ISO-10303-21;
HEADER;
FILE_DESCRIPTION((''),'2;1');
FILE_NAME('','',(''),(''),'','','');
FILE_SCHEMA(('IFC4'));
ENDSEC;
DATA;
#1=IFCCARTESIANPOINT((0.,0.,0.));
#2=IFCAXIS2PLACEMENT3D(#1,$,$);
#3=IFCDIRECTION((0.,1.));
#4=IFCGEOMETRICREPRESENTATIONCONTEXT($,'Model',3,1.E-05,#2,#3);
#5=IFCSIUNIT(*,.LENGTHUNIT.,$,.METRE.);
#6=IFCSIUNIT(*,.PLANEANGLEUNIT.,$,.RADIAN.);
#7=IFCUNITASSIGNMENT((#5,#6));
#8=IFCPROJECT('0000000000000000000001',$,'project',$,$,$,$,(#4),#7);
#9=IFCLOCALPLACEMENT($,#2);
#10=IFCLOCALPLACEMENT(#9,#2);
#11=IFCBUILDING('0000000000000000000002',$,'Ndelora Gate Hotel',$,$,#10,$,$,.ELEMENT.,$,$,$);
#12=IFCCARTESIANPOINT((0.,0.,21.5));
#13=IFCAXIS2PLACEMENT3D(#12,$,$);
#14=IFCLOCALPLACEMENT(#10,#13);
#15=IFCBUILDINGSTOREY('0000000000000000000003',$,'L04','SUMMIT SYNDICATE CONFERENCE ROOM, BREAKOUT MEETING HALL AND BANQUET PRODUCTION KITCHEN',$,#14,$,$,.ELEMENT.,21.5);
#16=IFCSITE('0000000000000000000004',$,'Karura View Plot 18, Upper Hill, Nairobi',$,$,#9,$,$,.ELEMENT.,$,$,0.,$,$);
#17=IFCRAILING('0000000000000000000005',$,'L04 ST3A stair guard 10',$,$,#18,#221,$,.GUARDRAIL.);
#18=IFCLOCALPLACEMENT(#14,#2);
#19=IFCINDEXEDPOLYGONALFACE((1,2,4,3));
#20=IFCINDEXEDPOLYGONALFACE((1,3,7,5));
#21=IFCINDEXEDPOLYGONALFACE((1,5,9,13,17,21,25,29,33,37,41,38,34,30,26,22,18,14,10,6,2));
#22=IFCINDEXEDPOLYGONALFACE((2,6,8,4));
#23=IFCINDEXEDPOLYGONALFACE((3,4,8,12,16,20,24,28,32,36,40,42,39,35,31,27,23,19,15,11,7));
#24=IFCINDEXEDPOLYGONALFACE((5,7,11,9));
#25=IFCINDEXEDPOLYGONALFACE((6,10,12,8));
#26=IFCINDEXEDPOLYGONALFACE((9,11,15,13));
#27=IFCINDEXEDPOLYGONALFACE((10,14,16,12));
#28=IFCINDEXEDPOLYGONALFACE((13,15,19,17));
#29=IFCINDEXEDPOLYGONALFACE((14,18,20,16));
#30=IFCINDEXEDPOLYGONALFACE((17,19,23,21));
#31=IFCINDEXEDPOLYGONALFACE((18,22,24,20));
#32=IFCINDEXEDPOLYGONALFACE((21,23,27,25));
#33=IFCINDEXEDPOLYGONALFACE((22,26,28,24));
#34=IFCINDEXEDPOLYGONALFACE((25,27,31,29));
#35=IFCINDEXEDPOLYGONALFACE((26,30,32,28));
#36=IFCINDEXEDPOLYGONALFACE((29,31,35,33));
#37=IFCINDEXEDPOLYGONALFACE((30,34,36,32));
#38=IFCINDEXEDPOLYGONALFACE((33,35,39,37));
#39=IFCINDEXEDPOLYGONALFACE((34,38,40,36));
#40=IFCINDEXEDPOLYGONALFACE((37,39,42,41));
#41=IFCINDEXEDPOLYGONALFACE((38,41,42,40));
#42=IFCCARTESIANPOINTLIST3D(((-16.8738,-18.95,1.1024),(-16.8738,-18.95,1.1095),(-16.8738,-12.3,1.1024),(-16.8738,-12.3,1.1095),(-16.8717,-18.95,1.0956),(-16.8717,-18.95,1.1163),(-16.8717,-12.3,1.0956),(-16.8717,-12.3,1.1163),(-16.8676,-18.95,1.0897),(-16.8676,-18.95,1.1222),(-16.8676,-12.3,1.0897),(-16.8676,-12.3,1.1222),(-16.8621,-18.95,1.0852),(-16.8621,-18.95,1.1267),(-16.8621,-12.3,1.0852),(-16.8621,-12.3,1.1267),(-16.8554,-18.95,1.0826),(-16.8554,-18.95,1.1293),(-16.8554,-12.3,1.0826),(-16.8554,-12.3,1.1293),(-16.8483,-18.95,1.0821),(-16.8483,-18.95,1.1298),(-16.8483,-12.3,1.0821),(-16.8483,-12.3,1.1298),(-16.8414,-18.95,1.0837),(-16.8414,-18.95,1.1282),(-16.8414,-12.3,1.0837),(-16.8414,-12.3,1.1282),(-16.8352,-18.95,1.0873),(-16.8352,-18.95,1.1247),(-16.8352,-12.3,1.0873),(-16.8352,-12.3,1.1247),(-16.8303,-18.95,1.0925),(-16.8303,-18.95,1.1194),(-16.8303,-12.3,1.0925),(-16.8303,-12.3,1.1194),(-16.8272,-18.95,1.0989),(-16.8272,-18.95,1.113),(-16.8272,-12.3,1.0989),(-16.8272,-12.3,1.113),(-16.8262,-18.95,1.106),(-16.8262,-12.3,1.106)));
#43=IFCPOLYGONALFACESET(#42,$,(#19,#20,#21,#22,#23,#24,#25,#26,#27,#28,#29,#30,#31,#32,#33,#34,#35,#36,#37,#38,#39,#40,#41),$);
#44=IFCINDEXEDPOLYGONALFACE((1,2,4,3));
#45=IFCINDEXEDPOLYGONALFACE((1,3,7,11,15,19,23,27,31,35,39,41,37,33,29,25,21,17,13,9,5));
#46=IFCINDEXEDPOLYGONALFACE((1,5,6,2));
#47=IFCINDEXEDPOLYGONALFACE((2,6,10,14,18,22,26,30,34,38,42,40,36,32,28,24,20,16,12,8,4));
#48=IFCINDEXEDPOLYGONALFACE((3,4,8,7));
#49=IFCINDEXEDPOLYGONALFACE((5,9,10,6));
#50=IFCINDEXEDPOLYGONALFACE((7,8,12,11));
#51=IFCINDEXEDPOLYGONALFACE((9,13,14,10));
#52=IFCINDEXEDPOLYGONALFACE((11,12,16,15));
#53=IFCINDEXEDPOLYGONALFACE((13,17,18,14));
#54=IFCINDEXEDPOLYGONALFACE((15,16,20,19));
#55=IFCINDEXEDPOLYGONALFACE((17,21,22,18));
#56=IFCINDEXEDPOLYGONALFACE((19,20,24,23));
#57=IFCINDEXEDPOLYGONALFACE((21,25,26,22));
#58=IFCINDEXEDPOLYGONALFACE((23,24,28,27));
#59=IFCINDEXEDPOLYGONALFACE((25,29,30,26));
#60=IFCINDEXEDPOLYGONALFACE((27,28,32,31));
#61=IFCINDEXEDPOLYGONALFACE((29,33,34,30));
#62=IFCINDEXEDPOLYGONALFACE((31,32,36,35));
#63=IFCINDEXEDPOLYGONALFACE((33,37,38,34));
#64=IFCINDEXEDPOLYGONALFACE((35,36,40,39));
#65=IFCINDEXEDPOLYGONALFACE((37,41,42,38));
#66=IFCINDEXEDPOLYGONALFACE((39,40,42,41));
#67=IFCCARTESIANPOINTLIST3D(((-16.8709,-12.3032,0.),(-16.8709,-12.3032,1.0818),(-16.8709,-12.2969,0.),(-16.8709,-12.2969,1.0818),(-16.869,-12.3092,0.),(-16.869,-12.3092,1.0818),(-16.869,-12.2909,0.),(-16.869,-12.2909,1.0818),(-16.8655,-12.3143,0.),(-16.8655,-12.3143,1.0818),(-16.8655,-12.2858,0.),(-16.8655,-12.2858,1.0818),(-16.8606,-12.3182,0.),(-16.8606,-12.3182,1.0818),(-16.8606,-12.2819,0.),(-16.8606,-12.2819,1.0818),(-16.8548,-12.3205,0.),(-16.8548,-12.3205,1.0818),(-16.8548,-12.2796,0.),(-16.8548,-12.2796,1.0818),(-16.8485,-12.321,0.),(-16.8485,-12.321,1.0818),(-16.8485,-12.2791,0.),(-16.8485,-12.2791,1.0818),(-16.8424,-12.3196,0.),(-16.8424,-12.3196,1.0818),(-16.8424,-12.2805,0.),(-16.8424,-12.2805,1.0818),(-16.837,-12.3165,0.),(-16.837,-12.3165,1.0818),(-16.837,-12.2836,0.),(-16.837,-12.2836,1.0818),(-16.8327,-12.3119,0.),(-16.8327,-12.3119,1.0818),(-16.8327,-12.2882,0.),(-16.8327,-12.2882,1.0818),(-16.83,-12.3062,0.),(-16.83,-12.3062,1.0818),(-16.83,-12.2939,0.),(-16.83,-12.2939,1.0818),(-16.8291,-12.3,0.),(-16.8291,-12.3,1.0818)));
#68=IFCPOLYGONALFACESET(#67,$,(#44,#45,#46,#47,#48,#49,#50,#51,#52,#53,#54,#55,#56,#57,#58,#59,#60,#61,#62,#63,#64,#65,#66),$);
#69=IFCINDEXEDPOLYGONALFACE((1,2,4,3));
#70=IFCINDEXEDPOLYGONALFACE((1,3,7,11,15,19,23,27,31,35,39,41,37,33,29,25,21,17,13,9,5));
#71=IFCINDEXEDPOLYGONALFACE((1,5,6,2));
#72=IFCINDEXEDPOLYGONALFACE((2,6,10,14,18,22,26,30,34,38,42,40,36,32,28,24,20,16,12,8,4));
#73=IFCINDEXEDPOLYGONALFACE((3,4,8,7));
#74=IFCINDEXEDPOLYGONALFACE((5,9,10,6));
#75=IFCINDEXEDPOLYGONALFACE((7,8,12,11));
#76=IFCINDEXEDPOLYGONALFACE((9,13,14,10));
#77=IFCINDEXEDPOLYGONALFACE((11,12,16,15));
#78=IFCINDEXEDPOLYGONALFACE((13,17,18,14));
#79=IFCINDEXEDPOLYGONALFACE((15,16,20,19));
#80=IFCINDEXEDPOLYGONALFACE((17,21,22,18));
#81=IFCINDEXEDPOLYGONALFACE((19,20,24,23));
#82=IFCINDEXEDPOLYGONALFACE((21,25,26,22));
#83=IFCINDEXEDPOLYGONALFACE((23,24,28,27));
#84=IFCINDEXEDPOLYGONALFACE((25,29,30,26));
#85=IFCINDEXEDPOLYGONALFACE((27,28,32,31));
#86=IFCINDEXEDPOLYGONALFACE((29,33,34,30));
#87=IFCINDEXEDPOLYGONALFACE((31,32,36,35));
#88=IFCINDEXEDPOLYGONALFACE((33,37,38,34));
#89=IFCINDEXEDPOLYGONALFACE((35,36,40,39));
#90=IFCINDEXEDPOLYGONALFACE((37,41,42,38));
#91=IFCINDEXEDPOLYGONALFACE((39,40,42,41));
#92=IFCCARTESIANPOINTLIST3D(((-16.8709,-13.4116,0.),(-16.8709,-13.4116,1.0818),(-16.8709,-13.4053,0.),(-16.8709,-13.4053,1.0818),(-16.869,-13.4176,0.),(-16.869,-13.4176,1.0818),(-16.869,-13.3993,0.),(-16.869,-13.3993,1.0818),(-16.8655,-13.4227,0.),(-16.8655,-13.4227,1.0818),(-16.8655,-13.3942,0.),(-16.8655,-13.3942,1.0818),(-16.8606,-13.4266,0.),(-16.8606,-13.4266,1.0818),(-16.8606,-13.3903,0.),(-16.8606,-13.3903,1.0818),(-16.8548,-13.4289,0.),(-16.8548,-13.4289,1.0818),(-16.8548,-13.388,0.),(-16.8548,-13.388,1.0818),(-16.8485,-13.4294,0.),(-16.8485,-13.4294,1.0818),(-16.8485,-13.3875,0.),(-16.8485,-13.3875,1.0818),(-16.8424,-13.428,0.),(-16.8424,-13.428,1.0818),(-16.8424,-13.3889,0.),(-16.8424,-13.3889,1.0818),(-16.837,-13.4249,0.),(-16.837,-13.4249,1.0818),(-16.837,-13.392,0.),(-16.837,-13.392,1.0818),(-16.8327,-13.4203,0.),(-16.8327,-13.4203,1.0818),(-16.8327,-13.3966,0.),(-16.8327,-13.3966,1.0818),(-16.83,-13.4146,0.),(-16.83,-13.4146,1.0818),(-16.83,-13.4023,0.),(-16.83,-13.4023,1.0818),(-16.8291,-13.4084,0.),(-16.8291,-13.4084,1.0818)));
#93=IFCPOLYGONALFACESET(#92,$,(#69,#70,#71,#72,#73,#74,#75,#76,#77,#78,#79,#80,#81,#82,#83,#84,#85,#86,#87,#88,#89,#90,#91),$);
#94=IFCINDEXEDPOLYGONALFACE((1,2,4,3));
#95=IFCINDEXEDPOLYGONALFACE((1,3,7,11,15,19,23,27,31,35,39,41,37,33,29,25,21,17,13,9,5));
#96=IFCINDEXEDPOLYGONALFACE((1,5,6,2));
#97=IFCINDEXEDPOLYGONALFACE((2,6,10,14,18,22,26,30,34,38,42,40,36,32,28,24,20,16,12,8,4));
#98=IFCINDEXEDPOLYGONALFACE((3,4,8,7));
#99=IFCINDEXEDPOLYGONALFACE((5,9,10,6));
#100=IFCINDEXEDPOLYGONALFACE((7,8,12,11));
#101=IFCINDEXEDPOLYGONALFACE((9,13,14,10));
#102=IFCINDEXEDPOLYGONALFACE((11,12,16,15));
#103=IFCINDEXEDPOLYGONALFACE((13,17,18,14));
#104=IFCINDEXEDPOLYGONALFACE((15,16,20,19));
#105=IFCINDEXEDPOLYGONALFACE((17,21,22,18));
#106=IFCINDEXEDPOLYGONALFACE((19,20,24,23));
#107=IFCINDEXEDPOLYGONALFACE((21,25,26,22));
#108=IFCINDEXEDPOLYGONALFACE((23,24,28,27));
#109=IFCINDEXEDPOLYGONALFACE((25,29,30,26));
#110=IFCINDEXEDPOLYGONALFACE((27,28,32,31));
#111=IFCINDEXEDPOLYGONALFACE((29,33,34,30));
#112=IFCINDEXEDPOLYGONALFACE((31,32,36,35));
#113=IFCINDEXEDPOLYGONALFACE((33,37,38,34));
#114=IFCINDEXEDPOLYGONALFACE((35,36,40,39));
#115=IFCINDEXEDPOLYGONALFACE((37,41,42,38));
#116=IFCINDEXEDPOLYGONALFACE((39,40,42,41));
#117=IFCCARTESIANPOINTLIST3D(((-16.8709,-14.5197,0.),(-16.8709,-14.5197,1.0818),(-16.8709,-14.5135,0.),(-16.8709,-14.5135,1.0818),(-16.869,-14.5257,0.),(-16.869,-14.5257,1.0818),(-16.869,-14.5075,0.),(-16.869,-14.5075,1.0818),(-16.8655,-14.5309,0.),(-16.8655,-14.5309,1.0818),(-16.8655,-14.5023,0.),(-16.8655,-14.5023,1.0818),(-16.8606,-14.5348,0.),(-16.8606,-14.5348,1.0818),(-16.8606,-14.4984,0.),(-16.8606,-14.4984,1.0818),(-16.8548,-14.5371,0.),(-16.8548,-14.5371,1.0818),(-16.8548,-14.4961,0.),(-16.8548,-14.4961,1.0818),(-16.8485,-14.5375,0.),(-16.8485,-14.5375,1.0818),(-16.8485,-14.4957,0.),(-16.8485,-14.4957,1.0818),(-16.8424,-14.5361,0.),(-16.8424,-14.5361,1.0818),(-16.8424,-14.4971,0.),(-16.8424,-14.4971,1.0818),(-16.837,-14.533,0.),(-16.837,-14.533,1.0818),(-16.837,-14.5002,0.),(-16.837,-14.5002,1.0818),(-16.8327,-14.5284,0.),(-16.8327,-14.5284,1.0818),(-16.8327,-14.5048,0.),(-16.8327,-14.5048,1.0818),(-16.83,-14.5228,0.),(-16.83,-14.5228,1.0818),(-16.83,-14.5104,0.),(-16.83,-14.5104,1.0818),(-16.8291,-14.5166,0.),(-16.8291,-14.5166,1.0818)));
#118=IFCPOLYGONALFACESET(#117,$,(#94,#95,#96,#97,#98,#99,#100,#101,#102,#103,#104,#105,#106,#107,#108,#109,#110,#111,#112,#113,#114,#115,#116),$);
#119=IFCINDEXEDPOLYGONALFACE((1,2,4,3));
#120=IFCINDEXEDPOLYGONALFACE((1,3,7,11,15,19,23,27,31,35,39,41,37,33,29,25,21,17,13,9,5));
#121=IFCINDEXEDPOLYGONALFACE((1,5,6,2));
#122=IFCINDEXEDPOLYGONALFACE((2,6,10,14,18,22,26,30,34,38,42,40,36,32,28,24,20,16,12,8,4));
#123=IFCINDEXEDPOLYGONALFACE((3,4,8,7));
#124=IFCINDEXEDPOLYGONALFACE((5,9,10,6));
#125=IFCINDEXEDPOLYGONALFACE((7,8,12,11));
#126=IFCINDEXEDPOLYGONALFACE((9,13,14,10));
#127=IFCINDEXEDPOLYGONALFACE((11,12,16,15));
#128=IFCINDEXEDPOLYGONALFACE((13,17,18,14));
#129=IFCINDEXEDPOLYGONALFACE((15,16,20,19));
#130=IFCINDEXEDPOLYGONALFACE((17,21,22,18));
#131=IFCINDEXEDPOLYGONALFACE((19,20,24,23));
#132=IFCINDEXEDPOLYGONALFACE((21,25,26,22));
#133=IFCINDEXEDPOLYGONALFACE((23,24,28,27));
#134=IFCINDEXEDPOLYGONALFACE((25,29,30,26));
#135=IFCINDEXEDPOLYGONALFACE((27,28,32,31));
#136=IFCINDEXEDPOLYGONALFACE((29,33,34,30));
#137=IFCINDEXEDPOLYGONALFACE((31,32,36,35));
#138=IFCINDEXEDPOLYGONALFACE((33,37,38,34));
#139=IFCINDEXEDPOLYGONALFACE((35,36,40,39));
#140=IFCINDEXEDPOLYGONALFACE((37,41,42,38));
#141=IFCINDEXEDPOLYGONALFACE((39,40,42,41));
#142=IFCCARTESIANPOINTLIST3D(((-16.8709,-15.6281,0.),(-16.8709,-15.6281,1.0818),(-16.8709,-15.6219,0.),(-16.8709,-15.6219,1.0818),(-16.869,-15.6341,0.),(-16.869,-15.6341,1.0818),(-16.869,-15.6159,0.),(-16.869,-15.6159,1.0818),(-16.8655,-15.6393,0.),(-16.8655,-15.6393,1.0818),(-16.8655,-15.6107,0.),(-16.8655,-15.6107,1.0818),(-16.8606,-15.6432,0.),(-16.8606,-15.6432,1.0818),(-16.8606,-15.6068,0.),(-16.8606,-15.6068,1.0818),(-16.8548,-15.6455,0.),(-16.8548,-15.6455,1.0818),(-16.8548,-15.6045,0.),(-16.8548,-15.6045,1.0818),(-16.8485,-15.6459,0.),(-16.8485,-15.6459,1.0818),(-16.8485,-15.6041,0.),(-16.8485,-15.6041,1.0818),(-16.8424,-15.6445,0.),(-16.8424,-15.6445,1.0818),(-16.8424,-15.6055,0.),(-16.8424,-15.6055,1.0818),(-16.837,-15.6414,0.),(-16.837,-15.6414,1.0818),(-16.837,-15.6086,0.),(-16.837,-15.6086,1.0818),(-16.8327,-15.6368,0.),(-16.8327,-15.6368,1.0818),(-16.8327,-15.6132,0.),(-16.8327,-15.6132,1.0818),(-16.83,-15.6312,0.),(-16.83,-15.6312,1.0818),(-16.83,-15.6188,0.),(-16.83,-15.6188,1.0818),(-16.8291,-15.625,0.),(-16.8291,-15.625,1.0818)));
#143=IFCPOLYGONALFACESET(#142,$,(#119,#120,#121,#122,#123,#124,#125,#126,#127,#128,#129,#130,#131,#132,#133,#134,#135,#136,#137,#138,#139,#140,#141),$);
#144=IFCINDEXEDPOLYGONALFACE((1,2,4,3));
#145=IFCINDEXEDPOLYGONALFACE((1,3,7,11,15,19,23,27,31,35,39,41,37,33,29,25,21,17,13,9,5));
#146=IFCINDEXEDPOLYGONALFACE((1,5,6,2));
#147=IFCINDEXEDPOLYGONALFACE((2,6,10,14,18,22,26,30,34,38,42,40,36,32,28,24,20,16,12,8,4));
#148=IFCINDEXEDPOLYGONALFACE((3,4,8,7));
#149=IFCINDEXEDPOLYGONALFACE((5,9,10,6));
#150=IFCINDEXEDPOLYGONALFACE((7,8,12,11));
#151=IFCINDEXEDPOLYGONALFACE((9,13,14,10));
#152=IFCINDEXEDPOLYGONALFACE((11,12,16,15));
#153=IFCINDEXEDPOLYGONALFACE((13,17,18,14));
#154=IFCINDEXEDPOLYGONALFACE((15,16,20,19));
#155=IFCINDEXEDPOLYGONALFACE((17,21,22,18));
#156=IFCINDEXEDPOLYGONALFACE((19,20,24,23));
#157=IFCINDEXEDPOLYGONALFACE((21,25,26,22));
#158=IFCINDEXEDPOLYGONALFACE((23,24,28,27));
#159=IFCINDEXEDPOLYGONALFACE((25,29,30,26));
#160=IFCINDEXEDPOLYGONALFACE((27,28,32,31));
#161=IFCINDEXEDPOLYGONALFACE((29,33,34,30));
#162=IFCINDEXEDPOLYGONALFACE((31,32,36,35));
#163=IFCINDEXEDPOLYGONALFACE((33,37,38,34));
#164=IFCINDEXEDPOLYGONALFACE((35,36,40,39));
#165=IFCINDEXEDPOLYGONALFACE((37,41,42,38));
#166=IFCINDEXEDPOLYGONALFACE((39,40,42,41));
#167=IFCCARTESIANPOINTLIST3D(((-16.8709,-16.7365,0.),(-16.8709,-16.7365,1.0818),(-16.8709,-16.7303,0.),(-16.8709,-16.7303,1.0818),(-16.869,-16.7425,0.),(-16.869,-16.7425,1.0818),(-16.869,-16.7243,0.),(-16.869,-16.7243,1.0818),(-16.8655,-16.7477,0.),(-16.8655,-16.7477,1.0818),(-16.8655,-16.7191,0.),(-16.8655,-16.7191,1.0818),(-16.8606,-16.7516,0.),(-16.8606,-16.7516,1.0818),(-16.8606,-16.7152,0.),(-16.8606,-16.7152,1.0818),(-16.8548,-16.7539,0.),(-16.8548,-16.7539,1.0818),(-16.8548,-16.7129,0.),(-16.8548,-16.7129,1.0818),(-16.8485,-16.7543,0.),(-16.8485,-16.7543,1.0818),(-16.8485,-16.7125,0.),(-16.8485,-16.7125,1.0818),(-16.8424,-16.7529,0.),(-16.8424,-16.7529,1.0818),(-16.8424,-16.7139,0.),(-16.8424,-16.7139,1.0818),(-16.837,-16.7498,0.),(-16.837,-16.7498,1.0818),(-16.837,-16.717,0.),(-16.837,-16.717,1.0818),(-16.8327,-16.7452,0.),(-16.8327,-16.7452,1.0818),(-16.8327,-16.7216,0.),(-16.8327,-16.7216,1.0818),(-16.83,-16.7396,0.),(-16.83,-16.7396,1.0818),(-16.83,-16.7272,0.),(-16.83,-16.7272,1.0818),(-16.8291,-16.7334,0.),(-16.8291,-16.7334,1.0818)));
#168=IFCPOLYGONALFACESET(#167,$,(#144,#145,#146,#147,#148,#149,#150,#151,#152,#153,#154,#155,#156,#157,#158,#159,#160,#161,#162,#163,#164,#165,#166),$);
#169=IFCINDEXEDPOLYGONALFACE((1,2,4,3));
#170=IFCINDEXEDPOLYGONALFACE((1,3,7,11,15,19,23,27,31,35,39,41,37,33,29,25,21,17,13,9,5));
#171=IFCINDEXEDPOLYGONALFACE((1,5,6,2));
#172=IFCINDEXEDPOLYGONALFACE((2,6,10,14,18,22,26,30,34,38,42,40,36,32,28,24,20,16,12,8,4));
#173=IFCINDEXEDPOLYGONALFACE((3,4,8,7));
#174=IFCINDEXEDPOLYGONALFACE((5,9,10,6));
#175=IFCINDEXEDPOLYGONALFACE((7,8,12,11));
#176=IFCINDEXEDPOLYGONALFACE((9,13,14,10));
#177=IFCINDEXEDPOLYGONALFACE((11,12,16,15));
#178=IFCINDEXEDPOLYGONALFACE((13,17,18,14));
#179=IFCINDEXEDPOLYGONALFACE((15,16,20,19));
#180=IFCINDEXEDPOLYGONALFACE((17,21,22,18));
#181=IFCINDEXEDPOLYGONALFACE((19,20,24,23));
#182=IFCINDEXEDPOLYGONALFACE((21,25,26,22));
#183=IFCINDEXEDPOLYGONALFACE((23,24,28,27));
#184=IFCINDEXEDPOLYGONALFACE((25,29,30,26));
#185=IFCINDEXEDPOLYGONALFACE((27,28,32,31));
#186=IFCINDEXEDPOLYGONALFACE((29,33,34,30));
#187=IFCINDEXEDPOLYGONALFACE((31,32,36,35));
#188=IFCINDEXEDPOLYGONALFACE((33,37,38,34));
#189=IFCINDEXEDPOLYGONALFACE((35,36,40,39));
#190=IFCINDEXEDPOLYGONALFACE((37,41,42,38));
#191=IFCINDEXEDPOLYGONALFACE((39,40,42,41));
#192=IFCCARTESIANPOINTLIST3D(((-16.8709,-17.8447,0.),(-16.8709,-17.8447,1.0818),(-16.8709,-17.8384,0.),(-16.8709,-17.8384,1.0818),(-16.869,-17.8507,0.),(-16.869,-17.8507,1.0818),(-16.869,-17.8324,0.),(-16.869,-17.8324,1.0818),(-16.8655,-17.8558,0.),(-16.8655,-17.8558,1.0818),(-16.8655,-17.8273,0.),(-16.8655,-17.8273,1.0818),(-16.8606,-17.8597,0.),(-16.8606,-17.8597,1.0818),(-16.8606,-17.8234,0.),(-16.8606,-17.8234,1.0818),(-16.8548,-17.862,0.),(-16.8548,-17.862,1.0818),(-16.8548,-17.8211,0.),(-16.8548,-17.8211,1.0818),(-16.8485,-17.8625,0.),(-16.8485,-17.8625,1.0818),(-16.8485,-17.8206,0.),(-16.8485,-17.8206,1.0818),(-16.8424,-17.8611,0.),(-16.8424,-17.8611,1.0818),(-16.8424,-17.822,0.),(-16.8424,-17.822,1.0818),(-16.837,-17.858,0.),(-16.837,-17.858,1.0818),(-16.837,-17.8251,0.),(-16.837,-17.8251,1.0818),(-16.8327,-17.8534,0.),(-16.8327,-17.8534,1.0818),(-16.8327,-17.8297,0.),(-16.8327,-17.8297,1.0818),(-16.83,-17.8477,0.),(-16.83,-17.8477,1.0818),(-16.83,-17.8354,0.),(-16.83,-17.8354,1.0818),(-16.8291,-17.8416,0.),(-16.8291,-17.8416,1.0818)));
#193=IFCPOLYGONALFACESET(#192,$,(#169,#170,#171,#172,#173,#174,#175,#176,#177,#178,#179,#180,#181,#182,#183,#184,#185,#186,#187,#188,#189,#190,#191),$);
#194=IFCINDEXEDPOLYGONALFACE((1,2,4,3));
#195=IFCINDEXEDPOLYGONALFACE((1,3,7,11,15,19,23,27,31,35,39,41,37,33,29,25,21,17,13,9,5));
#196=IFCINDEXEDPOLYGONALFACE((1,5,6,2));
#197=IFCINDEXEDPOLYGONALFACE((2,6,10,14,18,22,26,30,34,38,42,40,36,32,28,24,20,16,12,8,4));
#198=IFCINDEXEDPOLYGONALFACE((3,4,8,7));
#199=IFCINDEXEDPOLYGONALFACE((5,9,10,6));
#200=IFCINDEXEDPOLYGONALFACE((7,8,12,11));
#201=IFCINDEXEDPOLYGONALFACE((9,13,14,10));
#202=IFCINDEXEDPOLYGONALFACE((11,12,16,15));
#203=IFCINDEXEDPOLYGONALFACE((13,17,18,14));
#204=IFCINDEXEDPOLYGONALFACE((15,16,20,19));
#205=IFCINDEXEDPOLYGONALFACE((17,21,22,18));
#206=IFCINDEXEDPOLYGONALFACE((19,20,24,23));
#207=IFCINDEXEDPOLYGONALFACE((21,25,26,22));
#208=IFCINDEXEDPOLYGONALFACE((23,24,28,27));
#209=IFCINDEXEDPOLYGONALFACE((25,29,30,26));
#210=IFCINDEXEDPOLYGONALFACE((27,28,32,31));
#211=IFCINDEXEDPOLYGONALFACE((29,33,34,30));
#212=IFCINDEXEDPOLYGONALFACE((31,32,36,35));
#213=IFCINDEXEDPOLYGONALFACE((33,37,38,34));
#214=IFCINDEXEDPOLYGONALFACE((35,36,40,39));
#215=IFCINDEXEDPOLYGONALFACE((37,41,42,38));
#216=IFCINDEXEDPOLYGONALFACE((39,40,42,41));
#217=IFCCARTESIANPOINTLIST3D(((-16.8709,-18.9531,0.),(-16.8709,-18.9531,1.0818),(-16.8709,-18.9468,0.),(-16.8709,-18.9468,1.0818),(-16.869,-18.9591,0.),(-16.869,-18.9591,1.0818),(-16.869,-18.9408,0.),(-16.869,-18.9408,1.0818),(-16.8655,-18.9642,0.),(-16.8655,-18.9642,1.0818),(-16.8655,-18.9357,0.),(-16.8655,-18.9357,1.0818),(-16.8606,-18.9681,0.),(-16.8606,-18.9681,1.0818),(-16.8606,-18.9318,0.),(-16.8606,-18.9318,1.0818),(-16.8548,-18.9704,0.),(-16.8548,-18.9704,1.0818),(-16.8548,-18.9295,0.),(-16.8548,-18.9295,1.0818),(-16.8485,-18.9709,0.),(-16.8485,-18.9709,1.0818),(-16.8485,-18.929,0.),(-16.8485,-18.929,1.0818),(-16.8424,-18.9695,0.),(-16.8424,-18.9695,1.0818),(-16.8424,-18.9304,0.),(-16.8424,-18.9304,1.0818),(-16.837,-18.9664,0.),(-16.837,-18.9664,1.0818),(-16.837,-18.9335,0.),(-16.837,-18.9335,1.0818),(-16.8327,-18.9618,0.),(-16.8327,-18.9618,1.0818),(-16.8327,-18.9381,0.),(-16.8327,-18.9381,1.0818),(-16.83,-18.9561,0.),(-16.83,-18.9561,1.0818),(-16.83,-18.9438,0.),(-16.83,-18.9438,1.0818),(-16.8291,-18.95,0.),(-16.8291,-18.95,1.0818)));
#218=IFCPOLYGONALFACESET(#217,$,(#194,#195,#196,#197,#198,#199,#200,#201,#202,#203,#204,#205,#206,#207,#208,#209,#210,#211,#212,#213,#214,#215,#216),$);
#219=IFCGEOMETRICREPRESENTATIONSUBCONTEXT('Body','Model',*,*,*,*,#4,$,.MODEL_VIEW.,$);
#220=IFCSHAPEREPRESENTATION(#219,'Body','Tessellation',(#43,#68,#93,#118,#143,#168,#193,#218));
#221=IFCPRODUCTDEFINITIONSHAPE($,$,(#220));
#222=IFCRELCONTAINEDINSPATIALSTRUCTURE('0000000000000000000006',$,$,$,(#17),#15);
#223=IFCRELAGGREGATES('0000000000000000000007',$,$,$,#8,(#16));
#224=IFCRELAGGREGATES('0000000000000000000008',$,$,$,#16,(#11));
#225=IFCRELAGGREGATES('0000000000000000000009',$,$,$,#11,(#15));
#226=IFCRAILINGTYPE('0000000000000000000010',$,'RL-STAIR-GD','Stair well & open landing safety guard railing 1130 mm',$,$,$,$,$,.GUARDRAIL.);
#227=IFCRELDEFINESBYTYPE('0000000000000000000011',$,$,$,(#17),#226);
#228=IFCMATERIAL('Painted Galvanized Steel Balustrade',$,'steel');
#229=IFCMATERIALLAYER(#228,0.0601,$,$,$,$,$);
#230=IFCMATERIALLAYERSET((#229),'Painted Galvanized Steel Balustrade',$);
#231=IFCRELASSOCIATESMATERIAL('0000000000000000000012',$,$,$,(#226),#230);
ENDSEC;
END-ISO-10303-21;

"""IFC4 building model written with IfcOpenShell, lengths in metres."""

from ifc_helpers import new_model, si_unit, direction, frame, origin, origin_2d, place, context, subcontext, project, spatial, circle, extrude, material, layer, layer_set, type_object, element, save


model = new_model("IFC4")

# Units and contexts
model_context = context("Model", 3, precision=1e-05, world=origin(), true_north=direction((0.0, 1.0)))
body_context = subcontext(model_context, "Body", "Model", "MODEL_VIEW")
ifc_project = project(units=[si_unit("LENGTHUNIT", "METRE"), si_unit("PLANEANGLEUNIT", "RADIAN")], contexts=[model_context])

# Site, building, storey
site_placement = place(None, origin())
site = spatial("IfcSite", under=ifc_project, at=site_placement, Name="Karura View Plot 18, Upper Hill, Nairobi", CompositionType="ELEMENT", RefElevation=0.0)
building_placement = place(site_placement, origin())
building = spatial("IfcBuilding", under=site, at=building_placement, Name="Ndelora Gate Hotel", CompositionType="ELEMENT")
storey_placement = place(building_placement, frame((0.0, 0.0, 21.5)))
storey = spatial("IfcBuildingStorey", under=building, at=storey_placement, Name="L04", Description="SUMMIT SYNDICATE CONFERENCE ROOM, BREAKOUT MEETING HALL AND BANQUET PRODUCTION KITCHEN", CompositionType="ELEMENT", Elevation=21.5)

# Railing
ifc_material_1 = material(Name="Painted Galvanized Steel Balustrade", Category="steel")
ifc_layer_1 = layer(ifc_material_1, 0.0601)
ifc_layer_set_1 = layer_set([ifc_layer_1], Name="Painted Galvanized Steel Balustrade")
railing_type_1 = type_object("IfcRailingType", Name="RL-STAIR-GD", Description="Stair well & open landing safety guard railing 1130 mm", PredefinedType="GUARDRAIL", material=ifc_layer_set_1)
railing_1_placement = place(storey_placement, frame((-16.8501, -12.3, 0.0)))
element("IfcRailing", 1, at=railing_1_placement, inside=storey, type_object=railing_type_1, Name="L04 ST3A stair guard 10", PredefinedType="GUARDRAIL", context=body_context, shape_type="SweptSolid", body=[
    extrude(circle(Radius=0.0239, at=origin_2d()), frame((0.0, 0.0, 1.106), z_axis=(0.0, -1.0, 0.0), x_axis=(1.0, 0.0, 0.0)), (0.0, 0.0, 1.0), 6.6499),
    extrude(circle(Radius=0.021, at=origin_2d()), origin(), (0.0, 0.0, 1.0), 1.0818),
    extrude(circle(Radius=0.021, at=origin_2d()), frame((0.0, -1.1084, 0.0)), (0.0, 0.0, 1.0), 1.0818),
    extrude(circle(Radius=0.021, at=origin_2d()), frame((0.0, -2.2166, 0.0)), (0.0, 0.0, 1.0), 1.0818),
    extrude(circle(Radius=0.021, at=origin_2d()), frame((0.0, -3.325, 0.0)), (0.0, 0.0, 1.0), 1.0818),
    extrude(circle(Radius=0.021, at=origin_2d()), frame((0.0, -4.4333, 0.0)), (0.0, 0.0, 1.0), 1.0818),
    extrude(circle(Radius=0.021, at=origin_2d()), frame((0.0, -5.5415, 0.0)), (0.0, 0.0, 1.0), 1.0818),
    extrude(circle(Radius=0.021, at=origin_2d()), frame((0.0, -6.6499, 0.0)), (0.0, 0.0, 1.0), 1.0818),
])

save(model, "model.ifc")
